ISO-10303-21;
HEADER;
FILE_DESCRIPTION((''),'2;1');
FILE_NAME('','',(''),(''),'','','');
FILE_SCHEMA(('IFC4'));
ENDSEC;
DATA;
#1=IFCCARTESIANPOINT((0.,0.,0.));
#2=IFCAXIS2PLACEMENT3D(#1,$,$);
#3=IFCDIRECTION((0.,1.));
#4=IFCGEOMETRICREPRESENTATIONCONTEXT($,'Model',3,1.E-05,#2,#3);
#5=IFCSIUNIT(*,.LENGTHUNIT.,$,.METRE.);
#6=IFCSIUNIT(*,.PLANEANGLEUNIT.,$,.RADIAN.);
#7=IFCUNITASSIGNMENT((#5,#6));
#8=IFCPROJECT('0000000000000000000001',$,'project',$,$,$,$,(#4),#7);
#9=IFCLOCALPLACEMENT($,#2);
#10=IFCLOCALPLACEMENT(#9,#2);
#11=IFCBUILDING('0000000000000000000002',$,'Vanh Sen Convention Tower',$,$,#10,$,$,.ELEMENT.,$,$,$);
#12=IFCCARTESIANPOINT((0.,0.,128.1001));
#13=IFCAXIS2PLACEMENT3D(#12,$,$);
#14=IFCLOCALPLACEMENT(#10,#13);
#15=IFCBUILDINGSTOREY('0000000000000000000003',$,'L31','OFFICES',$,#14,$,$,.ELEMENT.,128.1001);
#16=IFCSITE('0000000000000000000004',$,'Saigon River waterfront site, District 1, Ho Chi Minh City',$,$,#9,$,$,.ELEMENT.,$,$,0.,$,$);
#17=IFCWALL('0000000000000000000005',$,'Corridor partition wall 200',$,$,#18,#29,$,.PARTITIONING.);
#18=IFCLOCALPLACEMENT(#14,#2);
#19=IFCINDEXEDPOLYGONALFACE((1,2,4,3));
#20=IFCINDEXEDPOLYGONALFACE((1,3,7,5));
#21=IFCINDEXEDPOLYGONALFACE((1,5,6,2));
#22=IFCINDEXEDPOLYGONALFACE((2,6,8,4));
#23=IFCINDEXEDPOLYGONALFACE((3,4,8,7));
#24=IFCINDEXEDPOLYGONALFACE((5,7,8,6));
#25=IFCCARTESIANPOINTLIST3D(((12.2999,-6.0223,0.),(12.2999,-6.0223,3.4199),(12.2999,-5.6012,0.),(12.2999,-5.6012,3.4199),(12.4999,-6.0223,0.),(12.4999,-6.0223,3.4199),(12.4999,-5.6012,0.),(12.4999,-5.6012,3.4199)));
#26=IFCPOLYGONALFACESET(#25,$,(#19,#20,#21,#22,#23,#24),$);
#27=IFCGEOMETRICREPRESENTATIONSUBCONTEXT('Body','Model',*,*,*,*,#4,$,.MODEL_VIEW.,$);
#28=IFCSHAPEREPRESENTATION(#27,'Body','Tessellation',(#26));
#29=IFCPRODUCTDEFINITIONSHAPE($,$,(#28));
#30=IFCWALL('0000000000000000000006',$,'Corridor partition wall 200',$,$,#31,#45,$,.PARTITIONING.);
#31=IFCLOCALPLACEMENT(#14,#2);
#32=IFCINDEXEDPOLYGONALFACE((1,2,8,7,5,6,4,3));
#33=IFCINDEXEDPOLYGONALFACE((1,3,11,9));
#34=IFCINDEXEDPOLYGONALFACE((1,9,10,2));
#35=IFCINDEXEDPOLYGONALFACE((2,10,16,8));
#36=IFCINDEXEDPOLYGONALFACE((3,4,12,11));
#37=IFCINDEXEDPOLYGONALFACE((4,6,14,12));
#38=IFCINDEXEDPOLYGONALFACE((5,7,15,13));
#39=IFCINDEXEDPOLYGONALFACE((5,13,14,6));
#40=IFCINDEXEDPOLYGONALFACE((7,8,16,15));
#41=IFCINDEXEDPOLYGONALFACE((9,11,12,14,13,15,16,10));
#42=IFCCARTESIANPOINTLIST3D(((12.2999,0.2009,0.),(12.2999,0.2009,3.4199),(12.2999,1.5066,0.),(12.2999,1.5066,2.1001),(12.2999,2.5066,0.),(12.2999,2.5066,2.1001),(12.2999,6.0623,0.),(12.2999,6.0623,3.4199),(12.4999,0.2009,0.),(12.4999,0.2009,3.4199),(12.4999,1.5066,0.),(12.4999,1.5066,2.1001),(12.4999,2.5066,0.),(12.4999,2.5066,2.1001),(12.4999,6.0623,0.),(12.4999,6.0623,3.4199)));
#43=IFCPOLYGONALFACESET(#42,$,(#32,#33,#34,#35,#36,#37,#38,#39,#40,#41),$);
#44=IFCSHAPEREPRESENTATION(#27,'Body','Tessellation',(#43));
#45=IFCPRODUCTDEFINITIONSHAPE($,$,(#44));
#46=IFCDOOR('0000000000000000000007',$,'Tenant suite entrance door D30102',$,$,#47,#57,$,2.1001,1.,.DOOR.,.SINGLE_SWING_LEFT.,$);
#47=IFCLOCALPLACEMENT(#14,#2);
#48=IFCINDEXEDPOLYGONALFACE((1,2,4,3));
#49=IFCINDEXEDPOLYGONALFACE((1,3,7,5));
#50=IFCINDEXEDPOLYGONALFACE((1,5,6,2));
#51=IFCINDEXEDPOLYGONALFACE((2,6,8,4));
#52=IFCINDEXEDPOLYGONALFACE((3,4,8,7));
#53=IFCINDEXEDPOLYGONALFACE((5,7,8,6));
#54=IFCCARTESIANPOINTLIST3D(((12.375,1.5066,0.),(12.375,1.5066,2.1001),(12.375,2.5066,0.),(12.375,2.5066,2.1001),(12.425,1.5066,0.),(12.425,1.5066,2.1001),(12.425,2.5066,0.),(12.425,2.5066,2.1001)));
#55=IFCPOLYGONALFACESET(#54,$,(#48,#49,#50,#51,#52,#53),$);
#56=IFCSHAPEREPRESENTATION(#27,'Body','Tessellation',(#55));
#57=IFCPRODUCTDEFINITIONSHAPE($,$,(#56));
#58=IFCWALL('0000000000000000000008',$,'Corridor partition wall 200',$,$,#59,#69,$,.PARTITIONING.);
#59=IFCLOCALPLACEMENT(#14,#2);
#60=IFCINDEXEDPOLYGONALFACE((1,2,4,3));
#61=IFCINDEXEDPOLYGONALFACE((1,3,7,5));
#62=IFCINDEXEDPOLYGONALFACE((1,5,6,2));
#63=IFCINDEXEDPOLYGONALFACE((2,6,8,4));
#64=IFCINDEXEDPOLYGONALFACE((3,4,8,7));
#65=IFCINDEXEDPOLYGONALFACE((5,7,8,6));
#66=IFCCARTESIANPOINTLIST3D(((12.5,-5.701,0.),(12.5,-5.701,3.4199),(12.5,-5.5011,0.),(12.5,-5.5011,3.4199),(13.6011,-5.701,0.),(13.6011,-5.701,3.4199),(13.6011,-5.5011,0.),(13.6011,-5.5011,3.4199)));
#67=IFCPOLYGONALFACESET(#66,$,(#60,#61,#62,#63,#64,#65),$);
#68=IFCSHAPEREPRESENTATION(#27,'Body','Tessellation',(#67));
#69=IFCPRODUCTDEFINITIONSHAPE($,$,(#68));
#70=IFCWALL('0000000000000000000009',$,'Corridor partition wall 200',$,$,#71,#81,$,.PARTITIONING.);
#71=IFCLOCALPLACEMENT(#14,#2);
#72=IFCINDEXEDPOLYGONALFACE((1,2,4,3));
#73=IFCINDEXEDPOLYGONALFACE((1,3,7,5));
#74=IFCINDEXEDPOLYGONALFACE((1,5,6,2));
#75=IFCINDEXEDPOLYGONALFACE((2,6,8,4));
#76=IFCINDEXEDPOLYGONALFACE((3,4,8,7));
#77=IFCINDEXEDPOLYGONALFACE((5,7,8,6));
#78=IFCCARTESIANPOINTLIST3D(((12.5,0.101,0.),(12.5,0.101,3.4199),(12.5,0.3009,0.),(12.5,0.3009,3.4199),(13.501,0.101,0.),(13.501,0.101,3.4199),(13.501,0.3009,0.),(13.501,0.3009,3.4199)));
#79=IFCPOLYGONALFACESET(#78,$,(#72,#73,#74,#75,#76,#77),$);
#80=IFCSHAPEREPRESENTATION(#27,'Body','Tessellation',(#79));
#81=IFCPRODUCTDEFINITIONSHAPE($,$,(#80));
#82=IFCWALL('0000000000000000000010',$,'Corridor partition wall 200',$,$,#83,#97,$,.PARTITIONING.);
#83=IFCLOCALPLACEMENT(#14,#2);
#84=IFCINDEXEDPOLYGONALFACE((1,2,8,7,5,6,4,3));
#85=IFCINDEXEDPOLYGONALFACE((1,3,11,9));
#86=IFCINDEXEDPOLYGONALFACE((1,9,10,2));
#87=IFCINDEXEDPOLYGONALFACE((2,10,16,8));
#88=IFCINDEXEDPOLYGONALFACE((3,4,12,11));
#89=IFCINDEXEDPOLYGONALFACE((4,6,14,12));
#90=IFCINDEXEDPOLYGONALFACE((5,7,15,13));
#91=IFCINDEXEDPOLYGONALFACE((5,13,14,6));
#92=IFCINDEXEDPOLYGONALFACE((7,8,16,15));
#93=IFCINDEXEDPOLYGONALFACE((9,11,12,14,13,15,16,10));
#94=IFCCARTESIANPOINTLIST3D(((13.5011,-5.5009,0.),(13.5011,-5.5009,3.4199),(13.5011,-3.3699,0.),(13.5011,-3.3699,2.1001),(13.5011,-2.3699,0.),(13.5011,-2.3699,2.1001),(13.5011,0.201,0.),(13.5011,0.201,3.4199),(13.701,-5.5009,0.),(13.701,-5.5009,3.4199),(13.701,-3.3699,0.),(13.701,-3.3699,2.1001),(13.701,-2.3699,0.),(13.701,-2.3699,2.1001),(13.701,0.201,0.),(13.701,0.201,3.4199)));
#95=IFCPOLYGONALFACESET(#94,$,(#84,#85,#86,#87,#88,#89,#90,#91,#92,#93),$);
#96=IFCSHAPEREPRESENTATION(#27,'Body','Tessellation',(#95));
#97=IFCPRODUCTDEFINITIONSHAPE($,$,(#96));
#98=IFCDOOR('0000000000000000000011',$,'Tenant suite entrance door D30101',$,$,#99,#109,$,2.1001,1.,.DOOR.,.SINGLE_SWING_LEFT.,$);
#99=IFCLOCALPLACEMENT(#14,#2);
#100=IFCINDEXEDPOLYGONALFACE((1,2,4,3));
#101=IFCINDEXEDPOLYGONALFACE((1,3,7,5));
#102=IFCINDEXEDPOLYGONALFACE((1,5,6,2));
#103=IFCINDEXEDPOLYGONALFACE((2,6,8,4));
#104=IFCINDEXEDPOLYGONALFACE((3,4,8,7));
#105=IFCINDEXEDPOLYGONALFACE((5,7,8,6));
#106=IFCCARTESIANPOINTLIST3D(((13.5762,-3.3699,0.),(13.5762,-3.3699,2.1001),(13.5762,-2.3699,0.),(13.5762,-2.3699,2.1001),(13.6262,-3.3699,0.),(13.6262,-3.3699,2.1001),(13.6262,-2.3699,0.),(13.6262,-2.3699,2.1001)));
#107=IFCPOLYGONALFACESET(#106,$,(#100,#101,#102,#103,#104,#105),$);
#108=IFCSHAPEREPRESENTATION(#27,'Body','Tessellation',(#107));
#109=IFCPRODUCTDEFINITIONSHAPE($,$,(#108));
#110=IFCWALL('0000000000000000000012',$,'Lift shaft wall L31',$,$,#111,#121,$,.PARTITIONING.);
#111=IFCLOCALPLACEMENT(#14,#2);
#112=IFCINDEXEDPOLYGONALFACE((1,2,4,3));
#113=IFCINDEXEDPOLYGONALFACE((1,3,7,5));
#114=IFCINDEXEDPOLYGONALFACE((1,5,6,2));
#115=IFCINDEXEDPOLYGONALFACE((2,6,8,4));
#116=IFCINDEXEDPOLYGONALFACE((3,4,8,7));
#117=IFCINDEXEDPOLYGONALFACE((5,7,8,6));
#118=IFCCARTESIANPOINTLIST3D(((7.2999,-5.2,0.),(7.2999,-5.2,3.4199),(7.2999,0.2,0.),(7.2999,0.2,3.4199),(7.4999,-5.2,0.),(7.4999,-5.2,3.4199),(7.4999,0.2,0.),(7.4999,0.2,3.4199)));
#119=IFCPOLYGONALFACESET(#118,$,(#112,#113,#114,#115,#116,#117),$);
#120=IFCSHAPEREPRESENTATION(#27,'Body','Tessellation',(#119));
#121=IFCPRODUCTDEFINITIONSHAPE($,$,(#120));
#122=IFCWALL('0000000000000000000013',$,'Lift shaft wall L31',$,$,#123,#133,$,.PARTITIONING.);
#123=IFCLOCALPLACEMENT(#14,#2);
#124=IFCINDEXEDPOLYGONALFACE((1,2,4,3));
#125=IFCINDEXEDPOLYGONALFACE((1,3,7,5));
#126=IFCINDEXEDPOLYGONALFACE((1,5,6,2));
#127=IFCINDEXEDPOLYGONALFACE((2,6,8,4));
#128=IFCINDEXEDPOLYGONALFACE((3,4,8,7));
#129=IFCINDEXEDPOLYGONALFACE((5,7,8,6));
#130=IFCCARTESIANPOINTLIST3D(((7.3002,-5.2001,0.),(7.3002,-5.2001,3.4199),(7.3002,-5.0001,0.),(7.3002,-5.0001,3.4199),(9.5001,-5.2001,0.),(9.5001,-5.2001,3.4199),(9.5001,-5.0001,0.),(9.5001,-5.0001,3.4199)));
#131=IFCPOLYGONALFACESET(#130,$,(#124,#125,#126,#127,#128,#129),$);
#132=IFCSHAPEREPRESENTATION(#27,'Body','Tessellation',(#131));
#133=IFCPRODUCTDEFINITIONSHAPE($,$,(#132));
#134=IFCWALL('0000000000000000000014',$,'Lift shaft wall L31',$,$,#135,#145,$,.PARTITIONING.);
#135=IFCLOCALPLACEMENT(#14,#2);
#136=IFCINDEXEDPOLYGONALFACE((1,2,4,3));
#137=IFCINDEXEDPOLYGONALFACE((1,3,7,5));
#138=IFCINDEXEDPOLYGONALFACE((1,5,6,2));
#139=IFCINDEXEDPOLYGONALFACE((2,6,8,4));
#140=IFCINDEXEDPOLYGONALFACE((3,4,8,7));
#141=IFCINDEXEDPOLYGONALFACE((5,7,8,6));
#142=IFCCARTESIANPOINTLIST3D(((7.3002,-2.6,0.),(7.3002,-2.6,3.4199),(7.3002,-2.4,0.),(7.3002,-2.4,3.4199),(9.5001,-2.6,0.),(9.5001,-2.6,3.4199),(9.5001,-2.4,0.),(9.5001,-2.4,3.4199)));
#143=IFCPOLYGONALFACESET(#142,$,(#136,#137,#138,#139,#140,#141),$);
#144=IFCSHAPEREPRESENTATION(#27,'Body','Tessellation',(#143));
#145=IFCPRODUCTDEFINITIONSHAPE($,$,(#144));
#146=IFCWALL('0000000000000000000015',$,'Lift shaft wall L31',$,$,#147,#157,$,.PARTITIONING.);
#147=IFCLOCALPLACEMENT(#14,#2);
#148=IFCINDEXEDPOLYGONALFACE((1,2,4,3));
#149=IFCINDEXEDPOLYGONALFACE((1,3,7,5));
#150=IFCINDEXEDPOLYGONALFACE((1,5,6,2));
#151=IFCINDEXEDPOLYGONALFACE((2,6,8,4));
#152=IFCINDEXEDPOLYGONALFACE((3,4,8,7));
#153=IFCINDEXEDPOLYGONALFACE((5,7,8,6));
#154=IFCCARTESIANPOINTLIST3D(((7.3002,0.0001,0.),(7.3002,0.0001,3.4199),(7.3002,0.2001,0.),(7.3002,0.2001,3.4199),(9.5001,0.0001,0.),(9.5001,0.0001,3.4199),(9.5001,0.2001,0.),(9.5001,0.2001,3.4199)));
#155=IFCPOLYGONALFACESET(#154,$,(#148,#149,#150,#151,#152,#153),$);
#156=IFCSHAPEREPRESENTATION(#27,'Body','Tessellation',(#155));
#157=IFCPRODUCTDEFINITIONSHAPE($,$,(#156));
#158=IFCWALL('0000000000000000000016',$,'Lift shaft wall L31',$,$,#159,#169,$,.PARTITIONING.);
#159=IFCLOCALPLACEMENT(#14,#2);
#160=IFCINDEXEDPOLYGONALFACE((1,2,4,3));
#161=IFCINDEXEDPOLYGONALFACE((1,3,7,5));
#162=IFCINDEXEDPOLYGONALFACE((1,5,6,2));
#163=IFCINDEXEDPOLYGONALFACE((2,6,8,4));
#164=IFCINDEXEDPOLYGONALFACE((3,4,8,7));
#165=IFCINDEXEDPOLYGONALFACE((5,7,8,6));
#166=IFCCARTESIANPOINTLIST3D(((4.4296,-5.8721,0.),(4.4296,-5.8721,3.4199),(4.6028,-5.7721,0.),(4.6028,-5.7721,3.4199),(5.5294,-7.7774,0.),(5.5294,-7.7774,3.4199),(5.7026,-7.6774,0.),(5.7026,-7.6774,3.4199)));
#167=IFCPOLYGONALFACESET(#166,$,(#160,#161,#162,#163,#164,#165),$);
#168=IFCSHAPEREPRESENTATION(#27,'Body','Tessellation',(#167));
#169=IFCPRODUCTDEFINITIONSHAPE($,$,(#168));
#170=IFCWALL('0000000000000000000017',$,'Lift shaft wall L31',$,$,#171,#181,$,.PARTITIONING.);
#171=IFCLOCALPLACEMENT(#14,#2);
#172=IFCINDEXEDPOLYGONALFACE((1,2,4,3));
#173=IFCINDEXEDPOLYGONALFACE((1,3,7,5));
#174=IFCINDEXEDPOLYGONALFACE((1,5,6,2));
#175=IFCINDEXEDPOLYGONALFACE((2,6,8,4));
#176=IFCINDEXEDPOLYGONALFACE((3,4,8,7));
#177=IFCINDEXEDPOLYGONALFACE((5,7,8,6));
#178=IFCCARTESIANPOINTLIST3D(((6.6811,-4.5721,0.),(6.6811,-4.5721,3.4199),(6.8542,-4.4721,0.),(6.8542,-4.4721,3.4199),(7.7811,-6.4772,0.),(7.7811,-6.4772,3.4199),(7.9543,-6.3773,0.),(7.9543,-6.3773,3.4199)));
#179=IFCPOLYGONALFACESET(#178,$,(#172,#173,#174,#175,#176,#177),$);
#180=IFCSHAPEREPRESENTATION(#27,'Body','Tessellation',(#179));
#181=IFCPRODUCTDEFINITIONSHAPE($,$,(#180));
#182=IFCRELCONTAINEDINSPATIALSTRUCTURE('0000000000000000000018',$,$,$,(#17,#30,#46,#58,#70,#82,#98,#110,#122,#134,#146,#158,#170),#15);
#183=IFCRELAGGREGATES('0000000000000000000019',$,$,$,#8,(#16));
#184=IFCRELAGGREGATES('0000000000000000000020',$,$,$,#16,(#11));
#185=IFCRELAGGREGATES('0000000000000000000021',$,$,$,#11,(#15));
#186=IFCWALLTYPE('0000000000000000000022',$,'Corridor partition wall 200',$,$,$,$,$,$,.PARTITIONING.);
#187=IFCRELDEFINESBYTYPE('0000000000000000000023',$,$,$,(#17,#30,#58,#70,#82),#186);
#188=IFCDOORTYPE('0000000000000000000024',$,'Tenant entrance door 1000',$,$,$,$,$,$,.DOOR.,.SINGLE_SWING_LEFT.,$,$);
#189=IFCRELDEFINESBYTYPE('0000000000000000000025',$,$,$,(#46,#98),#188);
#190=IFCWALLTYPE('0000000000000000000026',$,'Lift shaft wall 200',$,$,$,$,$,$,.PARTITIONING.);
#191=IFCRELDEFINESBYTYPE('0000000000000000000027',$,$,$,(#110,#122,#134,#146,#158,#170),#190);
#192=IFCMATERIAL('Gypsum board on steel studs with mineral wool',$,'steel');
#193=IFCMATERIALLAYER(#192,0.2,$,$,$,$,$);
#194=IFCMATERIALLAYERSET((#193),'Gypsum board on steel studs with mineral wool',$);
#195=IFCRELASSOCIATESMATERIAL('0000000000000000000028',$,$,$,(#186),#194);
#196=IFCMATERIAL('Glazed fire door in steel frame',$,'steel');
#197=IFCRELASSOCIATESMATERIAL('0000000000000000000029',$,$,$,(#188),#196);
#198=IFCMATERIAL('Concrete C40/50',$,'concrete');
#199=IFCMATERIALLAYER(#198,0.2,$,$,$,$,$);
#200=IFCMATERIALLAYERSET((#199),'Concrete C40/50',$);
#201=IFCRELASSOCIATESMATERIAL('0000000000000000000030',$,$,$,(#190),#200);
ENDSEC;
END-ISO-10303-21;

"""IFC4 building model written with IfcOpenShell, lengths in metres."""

from ifc_helpers import new_model, si_unit, direction, frame, frame_2d, origin, place, context, subcontext, project, spatial, rectangle, extrude, material, layer, layer_set, type_object, element, fill, save


model = new_model("IFC4")

# Units and contexts
model_context = context("Model", 3, precision=1e-05, world=origin(), true_north=direction((0.0, 1.0)))
body_context = subcontext(model_context, "Body", "Model", "MODEL_VIEW")
ifc_project = project(units=[si_unit("LENGTHUNIT", "METRE"), si_unit("PLANEANGLEUNIT", "RADIAN")], contexts=[model_context])

# Site, building, storey
site_placement = place(None, origin())
site = spatial("IfcSite", under=ifc_project, at=site_placement, Name="Saigon River waterfront site, District 1, Ho Chi Minh City", CompositionType="ELEMENT", RefElevation=0.0)
building_placement = place(site_placement, origin())
building = spatial("IfcBuilding", under=site, at=building_placement, Name="Vanh Sen Convention Tower", CompositionType="ELEMENT")
storey_placement = place(building_placement, frame((0.0, 0.0, 128.1001)))
storey = spatial("IfcBuildingStorey", under=building, at=storey_placement, Name="L31", Description="OFFICES", CompositionType="ELEMENT", Elevation=128.1001)

# Shared definitions
ifc_material_1 = material(Name="Gypsum board on steel studs with mineral wool", Category="steel")
ifc_layer_1 = layer(ifc_material_1, 0.2)
ifc_layer_set_1 = layer_set([ifc_layer_1], Name="Gypsum board on steel studs with mineral wool")
wall_type_1 = type_object("IfcWallType", Name="Corridor partition wall 200", PredefinedType="PARTITIONING", material=ifc_layer_set_1)

# Shared definitions
ifc_material_2 = material(Name="Glazed fire door in steel frame", Category="steel")
door_type_1 = type_object("IfcDoorType", Name="Tenant entrance door 1000", OperationType="SINGLE_SWING_LEFT", PredefinedType="DOOR", material=ifc_material_2)

# Wall
wall_1_placement = place(storey_placement, frame((12.3999, -6.0222, 0.0), z_axis=(0.0, 0.0, 1.0), x_axis=(0.0, 1.0, 0.0)))
element("IfcWall", 1, at=wall_1_placement, inside=storey, type_object=wall_type_1, Name="Corridor partition wall 200", PredefinedType="PARTITIONING", context=body_context, shape_type="SweptSolid", body=[
    extrude(rectangle(XDim=0.4211, YDim=0.2, at=frame_2d((0.2104, 0.0))), origin(), (0.0, 0.0, 1.0), 3.4199),
])

# Wall, opening, door
wall_2_placement = place(storey_placement, frame((12.3999, 0.2009, 0.0), z_axis=(0.0, 0.0, 1.0), x_axis=(0.0, 1.0, 0.0)))
wall_2 = element("IfcWall", 2, at=wall_2_placement, inside=storey, type_object=wall_type_1, Name="Corridor partition wall 200", PredefinedType="PARTITIONING", context=body_context, shape_type="SweptSolid", body=[
    extrude(rectangle(XDim=5.8613, YDim=0.2, at=frame_2d((2.9307, 0.0))), origin(), (0.0, 0.0, 1.0), 3.4199),
])
opening_1_placement = place(wall_2_placement, frame((1.3057, 0.0, 0.0)))
opening_1 = element("IfcOpeningElement", 3, at=opening_1_placement, cuts=wall_2, PredefinedType="OPENING", context=body_context, shape_type="SweptSolid", body=[
    extrude(rectangle(XDim=1.0, YDim=2.1001, at=frame_2d((0.5, 1.05))), frame((0.0, 0.1099, 0.0), z_axis=(0.0, -1.0, 0.0), x_axis=(1.0, 0.0, 0.0)), (0.0, 0.0, 1.0), 0.22),
])
door_1_placement = place(opening_1_placement, origin())
door_1 = element("IfcDoor", 4, at=door_1_placement, inside=storey, type_object=door_type_1, Name="Tenant suite entrance door D30102", OperationType="SINGLE_SWING_LEFT", OverallHeight=2.1001, OverallWidth=1.0, PredefinedType="DOOR", context=body_context, shape_type="SweptSolid", body=[
    extrude(rectangle(XDim=1.0, YDim=2.1001, at=frame_2d((0.5, 1.05))), frame((0.0, 0.0249, 0.0), z_axis=(0.0, -1.0, 0.0), x_axis=(1.0, 0.0, 0.0)), (0.0, 0.0, 1.0), 0.05),
])
fill(opening_1, door_1)

# Walls
wall_3_placement = place(storey_placement, frame((12.5, -5.6011, 0.0), z_axis=(0.0, 0.0, 1.0), x_axis=(1.0, 0.0, 0.0)))
element("IfcWall", 5, at=wall_3_placement, inside=storey, type_object=wall_type_1, Name="Corridor partition wall 200", PredefinedType="PARTITIONING", context=body_context, shape_type="SweptSolid", body=[
    extrude(rectangle(XDim=1.1011, YDim=0.2, at=frame_2d((0.5505, 0.0))), origin(), (0.0, 0.0, 1.0), 3.4199),
])
wall_4_placement = place(storey_placement, frame((13.501, 0.2009, 0.0), z_axis=(0.0, 0.0, 1.0), x_axis=(-1.0, 0.0, 0.0)))
element("IfcWall", 6, at=wall_4_placement, inside=storey, type_object=wall_type_1, Name="Corridor partition wall 200", PredefinedType="PARTITIONING", context=body_context, shape_type="SweptSolid", body=[
    extrude(rectangle(XDim=1.001, YDim=0.2, at=frame_2d((0.5005, 0.0))), origin(), (0.0, 0.0, 1.0), 3.4199),
])

# Wall, opening, door
wall_5_placement = place(storey_placement, frame((13.6011, -5.501, 0.0), z_axis=(0.0, 0.0, 1.0), x_axis=(0.0, 1.0, 0.0)))
wall_5 = element("IfcWall", 7, at=wall_5_placement, inside=storey, type_object=wall_type_1, Name="Corridor partition wall 200", PredefinedType="PARTITIONING", context=body_context, shape_type="SweptSolid", body=[
    extrude(rectangle(XDim=5.7019, YDim=0.2, at=frame_2d((2.8511, 0.0))), origin(), (0.0, 0.0, 1.0), 3.4199),
])
opening_2_placement = place(wall_5_placement, frame((2.1311, 0.0, 0.0)))
opening_2 = element("IfcOpeningElement", 8, at=opening_2_placement, cuts=wall_5, PredefinedType="OPENING", context=body_context, shape_type="SweptSolid", body=[
    extrude(rectangle(XDim=1.0, YDim=2.1001, at=frame_2d((0.5, 1.05))), frame((0.0, 0.1099, 0.0), z_axis=(0.0, -1.0, 0.0), x_axis=(1.0, 0.0, 0.0)), (0.0, 0.0, 1.0), 0.22),
])
door_2_placement = place(opening_2_placement, origin())
door_2 = element("IfcDoor", 9, at=door_2_placement, inside=storey, type_object=door_type_1, Name="Tenant suite entrance door D30101", OperationType="SINGLE_SWING_LEFT", OverallHeight=2.1001, OverallWidth=1.0, PredefinedType="DOOR", context=body_context, shape_type="SweptSolid", body=[
    extrude(rectangle(XDim=1.0, YDim=2.1001, at=frame_2d((0.5, 1.05))), frame((0.0, 0.0249, 0.0), z_axis=(0.0, -1.0, 0.0), x_axis=(1.0, 0.0, 0.0)), (0.0, 0.0, 1.0), 0.05),
])
fill(opening_2, door_2)

# Walls
ifc_material_3 = material(Name="Concrete C40/50", Category="concrete")
ifc_layer_2 = layer(ifc_material_3, 0.2)
ifc_layer_set_2 = layer_set([ifc_layer_2], Name="Concrete C40/50")
wall_type_2 = type_object("IfcWallType", Name="Lift shaft wall 200", PredefinedType="PARTITIONING", material=ifc_layer_set_2)
wall_6_placement = place(storey_placement, frame((7.3999, -5.2, 0.0), z_axis=(0.0, 0.0, 1.0), x_axis=(0.0, 1.0, 0.0)))
element("IfcWall", 10, at=wall_6_placement, inside=storey, type_object=wall_type_2, Name="Lift shaft wall L31", PredefinedType="PARTITIONING", context=body_context, shape_type="SweptSolid", body=[
    extrude(rectangle(XDim=5.3999, YDim=0.2, at=frame_2d((2.7, 0.0))), origin(), (0.0, 0.0, 1.0), 3.4199),
])
for number, where, z_axis, x_axis, name in (
    (11, (7.3, -5.1001, 0.0), (0.0, 0.0, 1.0), (1.0, 0.0, 0.0), "Lift shaft wall L31"),
    (12, (7.3, -2.5, 0.0), (0.0, 0.0, 1.0), (1.0, 0.0, 0.0), "Lift shaft wall L31"),
    (13, (7.3, 0.1001, 0.0), (0.0, 0.0, 1.0), (1.0, 0.0, 0.0), "Lift shaft wall L31"),
    (14, (4.5161, -5.822, 0.0), (0.0, 0.0, 1.0), (0.499947, -0.866056, 0.0), "Lift shaft wall L31"),
    (15, (6.7676, -4.522, 0.0), (0.0, 0.0, 1.0), (0.50003, -0.866008, 0.0), "Lift shaft wall L31"),
):
    element("IfcWall", number, at=place(storey_placement, frame(where, z_axis=z_axis, x_axis=x_axis)), inside=storey, type_object=wall_type_2, Name=name, PredefinedType="PARTITIONING", context=body_context, shape_type="SweptSolid", body=[
        extrude(rectangle(XDim=2.2, YDim=0.2, at=frame_2d((1.1001, 0.0))), origin(), (0.0, 0.0, 1.0), 3.4199),
    ])

save(model, "model.ifc")
